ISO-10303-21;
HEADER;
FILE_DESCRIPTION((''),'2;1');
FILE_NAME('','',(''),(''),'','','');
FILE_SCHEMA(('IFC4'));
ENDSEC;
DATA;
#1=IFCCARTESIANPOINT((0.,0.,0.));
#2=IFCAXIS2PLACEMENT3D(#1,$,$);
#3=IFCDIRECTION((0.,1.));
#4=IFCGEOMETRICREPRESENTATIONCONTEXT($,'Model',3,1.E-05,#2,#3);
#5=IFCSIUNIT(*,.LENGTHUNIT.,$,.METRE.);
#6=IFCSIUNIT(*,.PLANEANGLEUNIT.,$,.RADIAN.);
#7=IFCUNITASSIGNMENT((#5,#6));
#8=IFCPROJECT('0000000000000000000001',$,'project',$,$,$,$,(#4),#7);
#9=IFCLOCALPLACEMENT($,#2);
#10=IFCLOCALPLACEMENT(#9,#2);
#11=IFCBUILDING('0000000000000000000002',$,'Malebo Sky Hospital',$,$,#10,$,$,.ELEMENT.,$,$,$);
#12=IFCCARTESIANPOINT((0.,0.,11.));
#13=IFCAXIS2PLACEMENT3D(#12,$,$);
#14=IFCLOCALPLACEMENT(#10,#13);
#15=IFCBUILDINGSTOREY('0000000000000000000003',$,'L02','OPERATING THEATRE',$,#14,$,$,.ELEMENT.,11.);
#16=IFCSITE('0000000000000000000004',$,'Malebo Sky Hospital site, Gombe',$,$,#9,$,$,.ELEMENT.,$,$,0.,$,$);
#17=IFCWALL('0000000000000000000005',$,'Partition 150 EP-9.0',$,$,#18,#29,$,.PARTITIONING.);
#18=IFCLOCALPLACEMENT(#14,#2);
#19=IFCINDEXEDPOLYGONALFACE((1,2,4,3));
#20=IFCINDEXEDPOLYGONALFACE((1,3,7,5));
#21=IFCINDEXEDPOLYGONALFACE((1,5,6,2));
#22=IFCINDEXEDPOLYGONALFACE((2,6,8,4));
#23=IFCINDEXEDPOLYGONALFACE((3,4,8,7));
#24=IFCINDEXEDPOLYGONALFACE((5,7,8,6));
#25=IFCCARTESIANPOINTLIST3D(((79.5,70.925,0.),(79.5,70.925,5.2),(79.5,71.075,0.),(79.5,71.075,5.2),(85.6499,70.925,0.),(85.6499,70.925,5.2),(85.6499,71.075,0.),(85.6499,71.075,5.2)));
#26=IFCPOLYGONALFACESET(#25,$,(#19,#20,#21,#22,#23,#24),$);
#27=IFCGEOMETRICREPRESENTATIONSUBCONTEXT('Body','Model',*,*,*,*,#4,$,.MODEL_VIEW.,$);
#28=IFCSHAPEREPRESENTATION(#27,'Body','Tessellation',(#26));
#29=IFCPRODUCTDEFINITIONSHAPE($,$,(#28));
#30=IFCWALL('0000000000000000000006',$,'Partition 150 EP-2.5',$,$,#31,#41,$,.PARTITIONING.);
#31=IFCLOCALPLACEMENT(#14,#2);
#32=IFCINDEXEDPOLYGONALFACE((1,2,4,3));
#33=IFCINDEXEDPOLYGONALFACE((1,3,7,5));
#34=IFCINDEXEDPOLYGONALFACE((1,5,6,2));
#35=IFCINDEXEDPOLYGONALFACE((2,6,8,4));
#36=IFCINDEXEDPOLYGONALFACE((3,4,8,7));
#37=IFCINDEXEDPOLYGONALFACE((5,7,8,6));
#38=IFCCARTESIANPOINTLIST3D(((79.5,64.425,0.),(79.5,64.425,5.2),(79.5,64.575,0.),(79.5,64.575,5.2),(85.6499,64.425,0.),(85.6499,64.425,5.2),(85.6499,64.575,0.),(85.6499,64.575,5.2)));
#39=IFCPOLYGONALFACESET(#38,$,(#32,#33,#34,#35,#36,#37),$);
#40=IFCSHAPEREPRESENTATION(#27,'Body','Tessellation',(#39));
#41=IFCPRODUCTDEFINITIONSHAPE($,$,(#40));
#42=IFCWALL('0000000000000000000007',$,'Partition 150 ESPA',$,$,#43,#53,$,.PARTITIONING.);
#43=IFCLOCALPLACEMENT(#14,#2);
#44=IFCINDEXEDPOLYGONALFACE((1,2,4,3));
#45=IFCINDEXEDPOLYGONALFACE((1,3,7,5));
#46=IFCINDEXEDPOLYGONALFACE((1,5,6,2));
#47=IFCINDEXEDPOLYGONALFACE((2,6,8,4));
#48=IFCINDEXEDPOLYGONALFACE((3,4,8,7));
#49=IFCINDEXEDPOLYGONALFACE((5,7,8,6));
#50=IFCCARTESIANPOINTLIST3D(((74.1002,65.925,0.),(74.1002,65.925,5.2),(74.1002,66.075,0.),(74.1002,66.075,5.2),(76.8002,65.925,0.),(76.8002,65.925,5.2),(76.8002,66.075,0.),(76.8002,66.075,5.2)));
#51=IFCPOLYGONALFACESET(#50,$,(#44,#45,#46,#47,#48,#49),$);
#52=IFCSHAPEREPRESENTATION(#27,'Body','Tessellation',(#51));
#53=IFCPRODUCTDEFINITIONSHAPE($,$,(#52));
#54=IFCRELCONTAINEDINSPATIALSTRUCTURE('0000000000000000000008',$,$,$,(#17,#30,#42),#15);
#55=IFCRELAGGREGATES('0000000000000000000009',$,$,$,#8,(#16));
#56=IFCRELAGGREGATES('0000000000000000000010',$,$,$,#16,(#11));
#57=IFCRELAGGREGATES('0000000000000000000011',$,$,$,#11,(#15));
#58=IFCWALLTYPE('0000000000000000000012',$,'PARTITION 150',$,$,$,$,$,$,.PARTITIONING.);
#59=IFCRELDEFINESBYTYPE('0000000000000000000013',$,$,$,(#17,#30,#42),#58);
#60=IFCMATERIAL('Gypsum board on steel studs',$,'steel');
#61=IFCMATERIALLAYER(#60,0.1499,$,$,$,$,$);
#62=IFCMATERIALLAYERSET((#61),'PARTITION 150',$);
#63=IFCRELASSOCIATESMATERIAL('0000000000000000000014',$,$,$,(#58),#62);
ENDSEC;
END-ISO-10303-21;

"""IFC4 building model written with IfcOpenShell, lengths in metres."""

from ifc_helpers import new_model, si_unit, direction, frame, frame_2d, origin, place, context, subcontext, project, spatial, rectangle, extrude, material, layer, layer_set, type_object, element, save


model = new_model("IFC4")

# Units and contexts
model_context = context("Model", 3, precision=1e-05, world=origin(), true_north=direction((0.0, 1.0)))
body_context = subcontext(model_context, "Body", "Model", "MODEL_VIEW")
ifc_project = project(units=[si_unit("LENGTHUNIT", "METRE"), si_unit("PLANEANGLEUNIT", "RADIAN")], contexts=[model_context])

# Site, building, storey
site_placement = place(None, origin())
site = spatial("IfcSite", under=ifc_project, at=site_placement, Name="Malebo Sky Hospital site, Gombe", CompositionType="ELEMENT", RefElevation=0.0)
building_placement = place(site_placement, origin())
building = spatial("IfcBuilding", under=site, at=building_placement, Name="Malebo Sky Hospital", CompositionType="ELEMENT")
storey_placement = place(building_placement, frame((0.0, 0.0, 11.0)))
storey = spatial("IfcBuildingStorey", under=building, at=storey_placement, Name="L02", Description="OPERATING THEATRE", CompositionType="ELEMENT", Elevation=11.0)

# Shared definitions
ifc_material_1 = material(Name="Gypsum board on steel studs", Category="steel")

# Walls
ifc_layer_1 = layer(ifc_material_1, 0.1499)
ifc_layer_set_1 = layer_set([ifc_layer_1], Name="PARTITION 150")
wall_type_1 = type_object("IfcWallType", Name="PARTITION 150", PredefinedType="PARTITIONING", material=ifc_layer_set_1)
for number, where, z_axis, x_axis, name in (
    (1, (79.5, 71.0, 0.0), (0.0, 0.0, 1.0), (1.0, 0.0, 0.0), "Partition 150 EP-9.0"),
    (2, (79.5, 64.5, 0.0), (0.0, 0.0, 1.0), (1.0, 0.0, 0.0), "Partition 150 EP-2.5"),
):
    element("IfcWall", number, at=place(storey_placement, frame(where, z_axis=z_axis, x_axis=x_axis)), inside=storey, type_object=wall_type_1, Name=name, PredefinedType="PARTITIONING", context=body_context, shape_type="SweptSolid", body=[
        extrude(rectangle(XDim=6.1499, YDim=0.1499, at=frame_2d((3.075, 0.0))), origin(), (0.0, 0.0, 1.0), 5.2),
    ])
wall_1_placement = place(storey_placement, frame((74.1001, 66.0, 0.0), z_axis=(0.0, 0.0, 1.0), x_axis=(1.0, 0.0, 0.0)))
element("IfcWall", 3, at=wall_1_placement, inside=storey, type_object=wall_type_1, Name="Partition 150 ESPA", PredefinedType="PARTITIONING", context=body_context, shape_type="SweptSolid", body=[
    extrude(rectangle(XDim=2.7, YDim=0.1499, at=frame_2d((1.3501, 0.0))), origin(), (0.0, 0.0, 1.0), 5.2),
])

save(model, "model.ifc")
